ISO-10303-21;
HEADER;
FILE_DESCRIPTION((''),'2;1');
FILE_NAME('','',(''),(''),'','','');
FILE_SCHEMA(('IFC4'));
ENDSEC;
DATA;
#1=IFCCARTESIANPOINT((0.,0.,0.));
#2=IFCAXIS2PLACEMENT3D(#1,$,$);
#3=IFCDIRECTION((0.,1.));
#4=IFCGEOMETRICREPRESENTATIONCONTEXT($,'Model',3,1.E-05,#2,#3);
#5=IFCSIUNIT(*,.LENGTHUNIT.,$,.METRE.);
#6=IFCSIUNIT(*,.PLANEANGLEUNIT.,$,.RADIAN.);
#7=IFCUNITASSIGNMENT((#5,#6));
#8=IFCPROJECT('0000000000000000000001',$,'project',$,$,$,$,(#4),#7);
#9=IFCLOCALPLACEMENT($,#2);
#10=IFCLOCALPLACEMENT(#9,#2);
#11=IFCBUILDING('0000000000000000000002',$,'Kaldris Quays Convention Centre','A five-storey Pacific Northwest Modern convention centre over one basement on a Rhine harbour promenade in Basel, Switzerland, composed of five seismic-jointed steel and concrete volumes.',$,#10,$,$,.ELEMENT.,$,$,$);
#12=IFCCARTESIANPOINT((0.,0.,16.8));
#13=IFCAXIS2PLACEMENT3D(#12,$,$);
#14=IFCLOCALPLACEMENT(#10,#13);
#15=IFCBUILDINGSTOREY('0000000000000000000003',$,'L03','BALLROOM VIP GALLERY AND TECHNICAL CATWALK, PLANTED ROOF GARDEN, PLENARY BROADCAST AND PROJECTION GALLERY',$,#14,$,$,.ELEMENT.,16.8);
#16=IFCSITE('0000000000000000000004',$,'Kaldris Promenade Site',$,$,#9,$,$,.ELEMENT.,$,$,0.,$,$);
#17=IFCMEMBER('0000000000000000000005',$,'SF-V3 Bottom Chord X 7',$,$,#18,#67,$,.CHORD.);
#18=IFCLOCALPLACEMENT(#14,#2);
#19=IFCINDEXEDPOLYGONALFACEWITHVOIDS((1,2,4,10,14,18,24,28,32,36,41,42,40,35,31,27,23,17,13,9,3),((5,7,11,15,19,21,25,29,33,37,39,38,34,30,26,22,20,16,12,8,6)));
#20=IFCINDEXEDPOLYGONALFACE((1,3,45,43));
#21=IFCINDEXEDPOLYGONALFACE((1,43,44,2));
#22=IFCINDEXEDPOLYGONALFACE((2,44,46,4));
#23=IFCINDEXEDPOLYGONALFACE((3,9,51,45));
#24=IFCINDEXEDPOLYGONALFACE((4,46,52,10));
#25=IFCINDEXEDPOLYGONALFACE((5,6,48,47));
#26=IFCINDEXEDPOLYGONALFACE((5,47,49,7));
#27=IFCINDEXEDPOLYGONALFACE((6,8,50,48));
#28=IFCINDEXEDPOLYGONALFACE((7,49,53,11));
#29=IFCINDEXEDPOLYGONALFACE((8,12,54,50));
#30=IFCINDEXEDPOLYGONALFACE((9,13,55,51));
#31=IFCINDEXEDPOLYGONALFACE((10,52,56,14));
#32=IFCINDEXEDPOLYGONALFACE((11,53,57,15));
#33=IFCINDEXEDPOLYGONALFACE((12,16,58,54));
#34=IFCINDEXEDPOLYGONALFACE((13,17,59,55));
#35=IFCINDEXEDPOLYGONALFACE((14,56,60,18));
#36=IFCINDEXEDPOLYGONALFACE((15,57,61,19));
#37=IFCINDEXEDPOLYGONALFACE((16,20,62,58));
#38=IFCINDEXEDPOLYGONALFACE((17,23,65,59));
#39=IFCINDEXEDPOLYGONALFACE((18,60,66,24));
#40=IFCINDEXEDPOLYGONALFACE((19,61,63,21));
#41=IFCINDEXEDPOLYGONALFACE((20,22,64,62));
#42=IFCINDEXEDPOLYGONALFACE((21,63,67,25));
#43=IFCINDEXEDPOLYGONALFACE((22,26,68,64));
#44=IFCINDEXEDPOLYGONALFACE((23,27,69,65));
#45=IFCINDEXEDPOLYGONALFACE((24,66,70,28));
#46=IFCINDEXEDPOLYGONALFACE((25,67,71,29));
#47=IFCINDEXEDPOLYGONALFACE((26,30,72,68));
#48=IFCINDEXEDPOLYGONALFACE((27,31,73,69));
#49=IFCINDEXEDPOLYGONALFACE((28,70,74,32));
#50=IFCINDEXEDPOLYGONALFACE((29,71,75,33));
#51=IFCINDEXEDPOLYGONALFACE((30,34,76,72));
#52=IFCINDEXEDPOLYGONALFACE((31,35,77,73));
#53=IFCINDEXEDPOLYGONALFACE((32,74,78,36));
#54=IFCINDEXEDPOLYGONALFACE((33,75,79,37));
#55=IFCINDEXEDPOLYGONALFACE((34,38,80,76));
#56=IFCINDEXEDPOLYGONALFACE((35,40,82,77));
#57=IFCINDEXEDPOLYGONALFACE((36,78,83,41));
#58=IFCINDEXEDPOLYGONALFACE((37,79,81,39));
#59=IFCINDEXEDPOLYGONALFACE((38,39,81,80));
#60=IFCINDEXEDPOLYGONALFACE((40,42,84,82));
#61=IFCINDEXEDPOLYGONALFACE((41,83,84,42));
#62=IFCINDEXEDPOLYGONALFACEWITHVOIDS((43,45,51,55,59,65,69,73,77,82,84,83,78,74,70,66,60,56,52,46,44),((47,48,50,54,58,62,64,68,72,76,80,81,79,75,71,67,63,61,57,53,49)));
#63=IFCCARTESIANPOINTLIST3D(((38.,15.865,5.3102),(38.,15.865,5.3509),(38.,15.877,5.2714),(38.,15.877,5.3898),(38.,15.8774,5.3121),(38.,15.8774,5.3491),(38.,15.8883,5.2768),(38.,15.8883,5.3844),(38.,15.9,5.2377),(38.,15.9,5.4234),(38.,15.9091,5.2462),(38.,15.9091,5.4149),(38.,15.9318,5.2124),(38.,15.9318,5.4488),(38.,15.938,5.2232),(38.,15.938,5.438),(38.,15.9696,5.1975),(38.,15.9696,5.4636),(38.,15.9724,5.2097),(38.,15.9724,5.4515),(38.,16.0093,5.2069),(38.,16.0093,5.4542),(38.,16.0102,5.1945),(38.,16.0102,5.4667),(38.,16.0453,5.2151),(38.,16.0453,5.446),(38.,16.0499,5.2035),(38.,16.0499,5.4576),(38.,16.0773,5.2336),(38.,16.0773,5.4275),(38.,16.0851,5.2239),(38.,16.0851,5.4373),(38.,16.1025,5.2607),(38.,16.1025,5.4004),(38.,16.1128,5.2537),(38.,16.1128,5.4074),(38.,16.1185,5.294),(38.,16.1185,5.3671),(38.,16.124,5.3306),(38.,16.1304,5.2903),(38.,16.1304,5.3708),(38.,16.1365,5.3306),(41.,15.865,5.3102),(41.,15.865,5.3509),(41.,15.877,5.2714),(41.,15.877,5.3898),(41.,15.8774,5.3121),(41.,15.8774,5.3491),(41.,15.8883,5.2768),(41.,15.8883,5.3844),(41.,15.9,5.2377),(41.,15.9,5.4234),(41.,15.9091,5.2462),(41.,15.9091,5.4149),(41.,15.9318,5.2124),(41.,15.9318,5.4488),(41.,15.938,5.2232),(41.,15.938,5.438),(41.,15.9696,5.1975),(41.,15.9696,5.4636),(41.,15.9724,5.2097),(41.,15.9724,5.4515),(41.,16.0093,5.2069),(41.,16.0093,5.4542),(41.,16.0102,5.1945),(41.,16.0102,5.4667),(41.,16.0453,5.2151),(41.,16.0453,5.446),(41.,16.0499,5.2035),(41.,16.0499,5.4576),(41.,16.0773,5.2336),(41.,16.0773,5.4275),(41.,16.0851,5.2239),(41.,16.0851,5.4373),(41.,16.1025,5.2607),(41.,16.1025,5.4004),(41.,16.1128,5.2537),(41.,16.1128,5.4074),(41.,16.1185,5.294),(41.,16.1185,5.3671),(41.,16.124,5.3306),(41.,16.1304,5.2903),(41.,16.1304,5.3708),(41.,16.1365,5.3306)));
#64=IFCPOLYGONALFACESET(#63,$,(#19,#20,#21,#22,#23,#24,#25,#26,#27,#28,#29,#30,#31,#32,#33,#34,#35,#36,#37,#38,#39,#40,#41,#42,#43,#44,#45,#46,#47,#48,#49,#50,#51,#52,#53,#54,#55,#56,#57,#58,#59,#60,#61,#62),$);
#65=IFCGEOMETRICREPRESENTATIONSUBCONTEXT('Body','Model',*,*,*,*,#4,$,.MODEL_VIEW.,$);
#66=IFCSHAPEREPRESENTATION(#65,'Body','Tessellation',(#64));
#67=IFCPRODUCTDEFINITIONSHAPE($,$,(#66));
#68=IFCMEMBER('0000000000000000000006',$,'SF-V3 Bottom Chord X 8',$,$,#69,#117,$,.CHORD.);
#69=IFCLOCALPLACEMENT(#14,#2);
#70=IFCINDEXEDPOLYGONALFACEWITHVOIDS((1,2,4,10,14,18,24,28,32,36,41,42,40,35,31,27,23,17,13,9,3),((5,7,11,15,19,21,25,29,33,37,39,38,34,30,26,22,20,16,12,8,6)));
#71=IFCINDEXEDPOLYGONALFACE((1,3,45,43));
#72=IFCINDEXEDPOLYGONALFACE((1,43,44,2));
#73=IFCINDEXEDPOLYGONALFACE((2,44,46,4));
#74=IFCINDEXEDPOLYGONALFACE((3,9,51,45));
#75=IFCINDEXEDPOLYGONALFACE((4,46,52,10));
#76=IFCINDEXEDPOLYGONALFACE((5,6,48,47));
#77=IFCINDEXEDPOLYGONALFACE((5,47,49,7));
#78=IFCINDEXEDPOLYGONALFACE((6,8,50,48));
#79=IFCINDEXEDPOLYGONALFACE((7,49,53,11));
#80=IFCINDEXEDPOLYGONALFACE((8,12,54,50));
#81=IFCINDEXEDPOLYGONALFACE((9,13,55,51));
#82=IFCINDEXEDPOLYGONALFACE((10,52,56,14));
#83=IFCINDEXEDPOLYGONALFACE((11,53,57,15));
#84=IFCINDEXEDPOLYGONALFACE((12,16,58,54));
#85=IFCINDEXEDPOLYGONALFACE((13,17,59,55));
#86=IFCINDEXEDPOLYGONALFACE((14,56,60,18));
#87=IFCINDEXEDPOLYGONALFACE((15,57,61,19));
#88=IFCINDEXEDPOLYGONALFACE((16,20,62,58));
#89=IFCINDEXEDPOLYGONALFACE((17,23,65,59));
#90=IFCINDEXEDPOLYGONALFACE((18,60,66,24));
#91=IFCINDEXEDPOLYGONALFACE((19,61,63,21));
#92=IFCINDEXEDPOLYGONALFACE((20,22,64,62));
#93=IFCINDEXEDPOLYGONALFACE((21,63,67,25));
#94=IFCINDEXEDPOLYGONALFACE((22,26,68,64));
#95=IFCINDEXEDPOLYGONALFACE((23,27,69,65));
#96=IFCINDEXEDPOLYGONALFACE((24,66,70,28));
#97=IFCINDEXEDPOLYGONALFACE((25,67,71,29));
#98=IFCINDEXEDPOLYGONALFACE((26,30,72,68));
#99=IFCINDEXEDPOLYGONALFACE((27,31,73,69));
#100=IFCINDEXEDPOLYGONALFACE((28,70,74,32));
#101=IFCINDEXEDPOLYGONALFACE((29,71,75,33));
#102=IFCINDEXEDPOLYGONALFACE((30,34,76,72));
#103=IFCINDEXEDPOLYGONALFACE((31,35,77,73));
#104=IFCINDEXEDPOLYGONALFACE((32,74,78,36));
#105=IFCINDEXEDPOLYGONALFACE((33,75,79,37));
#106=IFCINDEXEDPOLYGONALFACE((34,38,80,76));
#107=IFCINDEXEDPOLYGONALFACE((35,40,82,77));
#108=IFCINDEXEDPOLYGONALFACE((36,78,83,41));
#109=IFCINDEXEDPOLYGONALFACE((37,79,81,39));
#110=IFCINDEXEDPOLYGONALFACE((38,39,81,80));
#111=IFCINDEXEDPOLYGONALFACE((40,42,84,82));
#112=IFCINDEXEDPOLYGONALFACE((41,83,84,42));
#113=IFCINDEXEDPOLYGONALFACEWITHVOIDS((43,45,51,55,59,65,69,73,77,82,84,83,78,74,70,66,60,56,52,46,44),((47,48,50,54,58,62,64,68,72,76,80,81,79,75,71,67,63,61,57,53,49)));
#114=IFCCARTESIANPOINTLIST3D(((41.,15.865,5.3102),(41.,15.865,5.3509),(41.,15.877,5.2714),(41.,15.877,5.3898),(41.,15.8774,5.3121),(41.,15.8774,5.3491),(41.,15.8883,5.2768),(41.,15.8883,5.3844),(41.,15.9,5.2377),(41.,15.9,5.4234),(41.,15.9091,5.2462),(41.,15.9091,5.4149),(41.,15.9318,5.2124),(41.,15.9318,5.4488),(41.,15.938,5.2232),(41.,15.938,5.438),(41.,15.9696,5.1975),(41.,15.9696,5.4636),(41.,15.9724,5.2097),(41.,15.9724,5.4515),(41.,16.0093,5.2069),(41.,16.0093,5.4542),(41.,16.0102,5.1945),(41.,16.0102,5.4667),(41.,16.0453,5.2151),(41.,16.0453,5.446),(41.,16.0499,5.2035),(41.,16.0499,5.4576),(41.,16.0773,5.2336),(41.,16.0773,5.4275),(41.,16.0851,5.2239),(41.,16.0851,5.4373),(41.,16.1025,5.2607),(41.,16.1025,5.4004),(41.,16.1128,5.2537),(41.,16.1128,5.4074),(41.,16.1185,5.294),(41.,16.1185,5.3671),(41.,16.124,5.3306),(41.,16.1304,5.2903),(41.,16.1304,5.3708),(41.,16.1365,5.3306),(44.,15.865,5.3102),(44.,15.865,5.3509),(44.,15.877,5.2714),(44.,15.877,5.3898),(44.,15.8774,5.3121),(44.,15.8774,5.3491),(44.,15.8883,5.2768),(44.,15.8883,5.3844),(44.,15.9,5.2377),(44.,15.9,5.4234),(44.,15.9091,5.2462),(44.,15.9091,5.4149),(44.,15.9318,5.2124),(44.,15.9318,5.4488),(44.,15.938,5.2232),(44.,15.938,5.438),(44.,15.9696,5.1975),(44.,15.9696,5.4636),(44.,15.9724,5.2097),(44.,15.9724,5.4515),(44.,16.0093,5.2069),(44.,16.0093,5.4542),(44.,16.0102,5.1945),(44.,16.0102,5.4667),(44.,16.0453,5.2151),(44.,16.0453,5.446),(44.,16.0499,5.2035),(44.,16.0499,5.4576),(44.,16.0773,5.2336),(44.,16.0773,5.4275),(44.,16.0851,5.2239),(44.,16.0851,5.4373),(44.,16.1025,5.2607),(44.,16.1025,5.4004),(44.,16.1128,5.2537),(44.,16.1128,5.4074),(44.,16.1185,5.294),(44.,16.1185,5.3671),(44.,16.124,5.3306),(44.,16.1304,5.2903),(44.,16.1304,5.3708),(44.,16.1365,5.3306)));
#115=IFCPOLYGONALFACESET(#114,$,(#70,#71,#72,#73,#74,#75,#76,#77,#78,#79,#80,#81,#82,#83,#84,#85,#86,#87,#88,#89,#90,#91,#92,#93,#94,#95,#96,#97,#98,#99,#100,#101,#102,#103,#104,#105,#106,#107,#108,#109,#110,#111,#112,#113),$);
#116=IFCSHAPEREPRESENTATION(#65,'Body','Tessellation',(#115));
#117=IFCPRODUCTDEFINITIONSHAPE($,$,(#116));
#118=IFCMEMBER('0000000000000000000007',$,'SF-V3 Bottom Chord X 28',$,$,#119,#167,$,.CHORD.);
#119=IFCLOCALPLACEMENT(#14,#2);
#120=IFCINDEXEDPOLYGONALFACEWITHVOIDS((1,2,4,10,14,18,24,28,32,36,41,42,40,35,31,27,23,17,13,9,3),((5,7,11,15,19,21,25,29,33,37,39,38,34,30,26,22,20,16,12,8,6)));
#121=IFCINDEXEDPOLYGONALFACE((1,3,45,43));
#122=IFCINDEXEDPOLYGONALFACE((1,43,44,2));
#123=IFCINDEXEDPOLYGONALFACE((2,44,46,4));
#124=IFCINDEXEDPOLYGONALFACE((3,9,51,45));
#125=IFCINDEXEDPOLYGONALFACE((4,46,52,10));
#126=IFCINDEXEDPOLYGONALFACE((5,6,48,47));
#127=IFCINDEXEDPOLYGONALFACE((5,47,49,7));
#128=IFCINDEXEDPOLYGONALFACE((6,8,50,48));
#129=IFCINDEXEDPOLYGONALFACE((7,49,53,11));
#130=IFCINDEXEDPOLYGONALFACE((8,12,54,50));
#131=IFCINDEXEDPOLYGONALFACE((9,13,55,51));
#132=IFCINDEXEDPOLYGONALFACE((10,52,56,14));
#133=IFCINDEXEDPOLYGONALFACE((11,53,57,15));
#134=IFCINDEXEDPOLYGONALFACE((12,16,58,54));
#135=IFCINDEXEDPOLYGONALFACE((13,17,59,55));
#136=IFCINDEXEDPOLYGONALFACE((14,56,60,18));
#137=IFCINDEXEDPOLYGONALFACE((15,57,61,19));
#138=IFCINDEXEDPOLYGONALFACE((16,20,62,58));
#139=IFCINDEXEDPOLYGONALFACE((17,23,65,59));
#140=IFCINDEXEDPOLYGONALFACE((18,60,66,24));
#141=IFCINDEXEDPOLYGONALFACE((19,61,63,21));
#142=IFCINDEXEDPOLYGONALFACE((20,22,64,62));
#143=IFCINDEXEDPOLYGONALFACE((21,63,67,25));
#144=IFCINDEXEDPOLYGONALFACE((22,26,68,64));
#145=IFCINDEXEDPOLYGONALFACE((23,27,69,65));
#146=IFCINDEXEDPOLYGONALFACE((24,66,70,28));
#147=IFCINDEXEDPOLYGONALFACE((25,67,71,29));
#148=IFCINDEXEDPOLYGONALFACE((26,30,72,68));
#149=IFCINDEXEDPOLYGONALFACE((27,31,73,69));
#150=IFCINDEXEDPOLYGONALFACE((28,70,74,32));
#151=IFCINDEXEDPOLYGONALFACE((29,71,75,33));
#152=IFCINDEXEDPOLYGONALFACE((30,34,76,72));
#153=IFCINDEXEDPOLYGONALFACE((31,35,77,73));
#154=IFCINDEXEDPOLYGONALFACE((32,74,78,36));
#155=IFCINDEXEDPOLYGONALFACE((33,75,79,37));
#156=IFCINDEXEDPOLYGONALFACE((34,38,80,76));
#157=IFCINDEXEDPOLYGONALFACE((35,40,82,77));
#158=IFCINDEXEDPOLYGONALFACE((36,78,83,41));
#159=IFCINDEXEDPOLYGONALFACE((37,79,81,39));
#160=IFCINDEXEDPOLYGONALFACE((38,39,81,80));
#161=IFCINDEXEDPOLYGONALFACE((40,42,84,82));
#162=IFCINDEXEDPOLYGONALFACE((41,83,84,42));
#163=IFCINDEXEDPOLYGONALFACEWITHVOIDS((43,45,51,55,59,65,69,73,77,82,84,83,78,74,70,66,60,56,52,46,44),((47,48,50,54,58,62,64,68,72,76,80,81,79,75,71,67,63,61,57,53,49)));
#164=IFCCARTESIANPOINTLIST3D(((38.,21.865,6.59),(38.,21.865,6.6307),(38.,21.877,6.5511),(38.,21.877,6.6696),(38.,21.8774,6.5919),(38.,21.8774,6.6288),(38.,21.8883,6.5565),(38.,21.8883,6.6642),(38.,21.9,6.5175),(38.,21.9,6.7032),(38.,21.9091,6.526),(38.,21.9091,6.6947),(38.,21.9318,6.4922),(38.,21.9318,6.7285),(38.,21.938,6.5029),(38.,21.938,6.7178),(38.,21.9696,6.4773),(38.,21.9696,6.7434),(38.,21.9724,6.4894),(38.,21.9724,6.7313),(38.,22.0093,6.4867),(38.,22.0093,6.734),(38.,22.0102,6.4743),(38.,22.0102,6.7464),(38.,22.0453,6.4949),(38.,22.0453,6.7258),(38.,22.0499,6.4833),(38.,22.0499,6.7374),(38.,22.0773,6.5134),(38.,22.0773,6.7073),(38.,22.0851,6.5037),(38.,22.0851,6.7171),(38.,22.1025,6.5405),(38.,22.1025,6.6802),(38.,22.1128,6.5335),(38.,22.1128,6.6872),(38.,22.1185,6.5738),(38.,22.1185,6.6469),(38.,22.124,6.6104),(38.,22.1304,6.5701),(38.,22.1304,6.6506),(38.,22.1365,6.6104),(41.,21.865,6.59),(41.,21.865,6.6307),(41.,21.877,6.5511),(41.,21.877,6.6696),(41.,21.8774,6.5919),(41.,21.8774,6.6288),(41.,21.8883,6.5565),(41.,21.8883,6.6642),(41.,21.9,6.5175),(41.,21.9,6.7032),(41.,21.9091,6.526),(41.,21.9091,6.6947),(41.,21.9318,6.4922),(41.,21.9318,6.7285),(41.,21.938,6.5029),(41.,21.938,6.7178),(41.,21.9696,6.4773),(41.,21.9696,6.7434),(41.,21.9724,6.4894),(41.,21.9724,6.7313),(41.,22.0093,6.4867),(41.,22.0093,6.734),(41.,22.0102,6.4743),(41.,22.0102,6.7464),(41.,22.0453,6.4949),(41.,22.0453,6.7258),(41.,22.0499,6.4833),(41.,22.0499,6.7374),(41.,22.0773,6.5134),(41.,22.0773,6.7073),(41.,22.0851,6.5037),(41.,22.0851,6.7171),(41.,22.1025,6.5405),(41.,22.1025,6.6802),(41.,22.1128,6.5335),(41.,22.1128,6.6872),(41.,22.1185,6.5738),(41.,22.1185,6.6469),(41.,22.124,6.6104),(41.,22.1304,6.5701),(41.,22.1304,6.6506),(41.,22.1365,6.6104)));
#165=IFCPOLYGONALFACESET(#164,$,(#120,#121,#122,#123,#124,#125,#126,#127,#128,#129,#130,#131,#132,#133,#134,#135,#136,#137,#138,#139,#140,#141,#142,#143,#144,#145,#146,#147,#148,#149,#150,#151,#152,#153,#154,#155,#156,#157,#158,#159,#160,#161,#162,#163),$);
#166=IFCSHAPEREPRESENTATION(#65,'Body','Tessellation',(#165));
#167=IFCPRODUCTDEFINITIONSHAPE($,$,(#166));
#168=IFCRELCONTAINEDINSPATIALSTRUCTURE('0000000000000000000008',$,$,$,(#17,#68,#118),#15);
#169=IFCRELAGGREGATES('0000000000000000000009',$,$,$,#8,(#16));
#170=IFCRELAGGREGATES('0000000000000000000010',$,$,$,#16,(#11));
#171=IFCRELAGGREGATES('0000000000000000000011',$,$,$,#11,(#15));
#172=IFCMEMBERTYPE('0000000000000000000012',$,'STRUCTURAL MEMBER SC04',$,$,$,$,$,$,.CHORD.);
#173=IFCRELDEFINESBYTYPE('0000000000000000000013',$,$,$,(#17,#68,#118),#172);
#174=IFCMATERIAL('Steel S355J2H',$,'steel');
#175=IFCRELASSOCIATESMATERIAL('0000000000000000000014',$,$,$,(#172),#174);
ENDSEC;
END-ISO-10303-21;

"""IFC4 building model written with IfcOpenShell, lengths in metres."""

from ifc_helpers import new_model, si_unit, direction, frame, origin, origin_2d, place, context, subcontext, project, spatial, hollow_circle, extrude, material, material_profile, profile_set, type_object, element, save


model = new_model("IFC4")

# Units and contexts
model_context = context("Model", 3, precision=1e-05, world=origin(), true_north=direction((0.0, 1.0)))
body_context = subcontext(model_context, "Body", "Model", "MODEL_VIEW")
ifc_project = project(units=[si_unit("LENGTHUNIT", "METRE"), si_unit("PLANEANGLEUNIT", "RADIAN")], contexts=[model_context])

# Site, building, storey
site_placement = place(None, origin())
site = spatial("IfcSite", under=ifc_project, at=site_placement, Name="Kaldris Promenade Site", CompositionType="ELEMENT", RefElevation=0.0)
building_placement = place(site_placement, origin())
building = spatial("IfcBuilding", under=site, at=building_placement, Name="Kaldris Quays Convention Centre", Description="A five-storey Pacific Northwest Modern convention centre over one basement on a Rhine harbour promenade in Basel, Switzerland, composed of five seismic-jointed steel and concrete volumes.", CompositionType="ELEMENT")
storey_placement = place(building_placement, frame((0.0, 0.0, 16.8)))
storey = spatial("IfcBuildingStorey", under=building, at=storey_placement, Name="L03", Description="BALLROOM VIP GALLERY AND TECHNICAL CATWALK, PLANTED ROOF GARDEN, PLENARY BROADCAST AND PROJECTION GALLERY", CompositionType="ELEMENT", Elevation=16.8)

# Members
ifc_material_1 = material(Name="Steel S355J2H", Category="steel")
ifc_material_profile_1 = material_profile(ifc_material_1, hollow_circle(Radius=0.1365, WallThickness=0.0125, at=origin_2d()), Name="CHS 273x12.5")
ifc_profile_set_1 = profile_set([ifc_material_profile_1], Name="Steel S355J2H")
member_type_1 = type_object("IfcMemberType", Name="STRUCTURAL MEMBER SC04", PredefinedType="CHORD", material=ifc_profile_set_1)
for number, where, z_axis, x_axis, name in (
    (1, (38.0, 16.0, 5.3306), (1.0, 0.0, 0.0), (0.0, 1.0, 0.0), "SF-V3 Bottom Chord X 7"),
    (2, (41.0, 16.0, 5.3306), (1.0, 0.0, 0.0), (0.0, 1.0, 0.0), "SF-V3 Bottom Chord X 8"),
    (3, (38.0, 22.0, 6.6104), (1.0, 0.0, 0.0), (0.0, 1.0, 0.0), "SF-V3 Bottom Chord X 28"),
):
    element("IfcMember", number, at=place(storey_placement, frame(where, z_axis=z_axis, x_axis=x_axis)), inside=storey, type_object=member_type_1, Name=name, PredefinedType="CHORD", context=body_context, shape_type="SweptSolid", body=[
        extrude(hollow_circle(Radius=0.1365, WallThickness=0.0125, at=origin_2d()), origin(), (0.0, 0.0, 1.0), 3.0),
    ])

save(model, "model.ifc")
